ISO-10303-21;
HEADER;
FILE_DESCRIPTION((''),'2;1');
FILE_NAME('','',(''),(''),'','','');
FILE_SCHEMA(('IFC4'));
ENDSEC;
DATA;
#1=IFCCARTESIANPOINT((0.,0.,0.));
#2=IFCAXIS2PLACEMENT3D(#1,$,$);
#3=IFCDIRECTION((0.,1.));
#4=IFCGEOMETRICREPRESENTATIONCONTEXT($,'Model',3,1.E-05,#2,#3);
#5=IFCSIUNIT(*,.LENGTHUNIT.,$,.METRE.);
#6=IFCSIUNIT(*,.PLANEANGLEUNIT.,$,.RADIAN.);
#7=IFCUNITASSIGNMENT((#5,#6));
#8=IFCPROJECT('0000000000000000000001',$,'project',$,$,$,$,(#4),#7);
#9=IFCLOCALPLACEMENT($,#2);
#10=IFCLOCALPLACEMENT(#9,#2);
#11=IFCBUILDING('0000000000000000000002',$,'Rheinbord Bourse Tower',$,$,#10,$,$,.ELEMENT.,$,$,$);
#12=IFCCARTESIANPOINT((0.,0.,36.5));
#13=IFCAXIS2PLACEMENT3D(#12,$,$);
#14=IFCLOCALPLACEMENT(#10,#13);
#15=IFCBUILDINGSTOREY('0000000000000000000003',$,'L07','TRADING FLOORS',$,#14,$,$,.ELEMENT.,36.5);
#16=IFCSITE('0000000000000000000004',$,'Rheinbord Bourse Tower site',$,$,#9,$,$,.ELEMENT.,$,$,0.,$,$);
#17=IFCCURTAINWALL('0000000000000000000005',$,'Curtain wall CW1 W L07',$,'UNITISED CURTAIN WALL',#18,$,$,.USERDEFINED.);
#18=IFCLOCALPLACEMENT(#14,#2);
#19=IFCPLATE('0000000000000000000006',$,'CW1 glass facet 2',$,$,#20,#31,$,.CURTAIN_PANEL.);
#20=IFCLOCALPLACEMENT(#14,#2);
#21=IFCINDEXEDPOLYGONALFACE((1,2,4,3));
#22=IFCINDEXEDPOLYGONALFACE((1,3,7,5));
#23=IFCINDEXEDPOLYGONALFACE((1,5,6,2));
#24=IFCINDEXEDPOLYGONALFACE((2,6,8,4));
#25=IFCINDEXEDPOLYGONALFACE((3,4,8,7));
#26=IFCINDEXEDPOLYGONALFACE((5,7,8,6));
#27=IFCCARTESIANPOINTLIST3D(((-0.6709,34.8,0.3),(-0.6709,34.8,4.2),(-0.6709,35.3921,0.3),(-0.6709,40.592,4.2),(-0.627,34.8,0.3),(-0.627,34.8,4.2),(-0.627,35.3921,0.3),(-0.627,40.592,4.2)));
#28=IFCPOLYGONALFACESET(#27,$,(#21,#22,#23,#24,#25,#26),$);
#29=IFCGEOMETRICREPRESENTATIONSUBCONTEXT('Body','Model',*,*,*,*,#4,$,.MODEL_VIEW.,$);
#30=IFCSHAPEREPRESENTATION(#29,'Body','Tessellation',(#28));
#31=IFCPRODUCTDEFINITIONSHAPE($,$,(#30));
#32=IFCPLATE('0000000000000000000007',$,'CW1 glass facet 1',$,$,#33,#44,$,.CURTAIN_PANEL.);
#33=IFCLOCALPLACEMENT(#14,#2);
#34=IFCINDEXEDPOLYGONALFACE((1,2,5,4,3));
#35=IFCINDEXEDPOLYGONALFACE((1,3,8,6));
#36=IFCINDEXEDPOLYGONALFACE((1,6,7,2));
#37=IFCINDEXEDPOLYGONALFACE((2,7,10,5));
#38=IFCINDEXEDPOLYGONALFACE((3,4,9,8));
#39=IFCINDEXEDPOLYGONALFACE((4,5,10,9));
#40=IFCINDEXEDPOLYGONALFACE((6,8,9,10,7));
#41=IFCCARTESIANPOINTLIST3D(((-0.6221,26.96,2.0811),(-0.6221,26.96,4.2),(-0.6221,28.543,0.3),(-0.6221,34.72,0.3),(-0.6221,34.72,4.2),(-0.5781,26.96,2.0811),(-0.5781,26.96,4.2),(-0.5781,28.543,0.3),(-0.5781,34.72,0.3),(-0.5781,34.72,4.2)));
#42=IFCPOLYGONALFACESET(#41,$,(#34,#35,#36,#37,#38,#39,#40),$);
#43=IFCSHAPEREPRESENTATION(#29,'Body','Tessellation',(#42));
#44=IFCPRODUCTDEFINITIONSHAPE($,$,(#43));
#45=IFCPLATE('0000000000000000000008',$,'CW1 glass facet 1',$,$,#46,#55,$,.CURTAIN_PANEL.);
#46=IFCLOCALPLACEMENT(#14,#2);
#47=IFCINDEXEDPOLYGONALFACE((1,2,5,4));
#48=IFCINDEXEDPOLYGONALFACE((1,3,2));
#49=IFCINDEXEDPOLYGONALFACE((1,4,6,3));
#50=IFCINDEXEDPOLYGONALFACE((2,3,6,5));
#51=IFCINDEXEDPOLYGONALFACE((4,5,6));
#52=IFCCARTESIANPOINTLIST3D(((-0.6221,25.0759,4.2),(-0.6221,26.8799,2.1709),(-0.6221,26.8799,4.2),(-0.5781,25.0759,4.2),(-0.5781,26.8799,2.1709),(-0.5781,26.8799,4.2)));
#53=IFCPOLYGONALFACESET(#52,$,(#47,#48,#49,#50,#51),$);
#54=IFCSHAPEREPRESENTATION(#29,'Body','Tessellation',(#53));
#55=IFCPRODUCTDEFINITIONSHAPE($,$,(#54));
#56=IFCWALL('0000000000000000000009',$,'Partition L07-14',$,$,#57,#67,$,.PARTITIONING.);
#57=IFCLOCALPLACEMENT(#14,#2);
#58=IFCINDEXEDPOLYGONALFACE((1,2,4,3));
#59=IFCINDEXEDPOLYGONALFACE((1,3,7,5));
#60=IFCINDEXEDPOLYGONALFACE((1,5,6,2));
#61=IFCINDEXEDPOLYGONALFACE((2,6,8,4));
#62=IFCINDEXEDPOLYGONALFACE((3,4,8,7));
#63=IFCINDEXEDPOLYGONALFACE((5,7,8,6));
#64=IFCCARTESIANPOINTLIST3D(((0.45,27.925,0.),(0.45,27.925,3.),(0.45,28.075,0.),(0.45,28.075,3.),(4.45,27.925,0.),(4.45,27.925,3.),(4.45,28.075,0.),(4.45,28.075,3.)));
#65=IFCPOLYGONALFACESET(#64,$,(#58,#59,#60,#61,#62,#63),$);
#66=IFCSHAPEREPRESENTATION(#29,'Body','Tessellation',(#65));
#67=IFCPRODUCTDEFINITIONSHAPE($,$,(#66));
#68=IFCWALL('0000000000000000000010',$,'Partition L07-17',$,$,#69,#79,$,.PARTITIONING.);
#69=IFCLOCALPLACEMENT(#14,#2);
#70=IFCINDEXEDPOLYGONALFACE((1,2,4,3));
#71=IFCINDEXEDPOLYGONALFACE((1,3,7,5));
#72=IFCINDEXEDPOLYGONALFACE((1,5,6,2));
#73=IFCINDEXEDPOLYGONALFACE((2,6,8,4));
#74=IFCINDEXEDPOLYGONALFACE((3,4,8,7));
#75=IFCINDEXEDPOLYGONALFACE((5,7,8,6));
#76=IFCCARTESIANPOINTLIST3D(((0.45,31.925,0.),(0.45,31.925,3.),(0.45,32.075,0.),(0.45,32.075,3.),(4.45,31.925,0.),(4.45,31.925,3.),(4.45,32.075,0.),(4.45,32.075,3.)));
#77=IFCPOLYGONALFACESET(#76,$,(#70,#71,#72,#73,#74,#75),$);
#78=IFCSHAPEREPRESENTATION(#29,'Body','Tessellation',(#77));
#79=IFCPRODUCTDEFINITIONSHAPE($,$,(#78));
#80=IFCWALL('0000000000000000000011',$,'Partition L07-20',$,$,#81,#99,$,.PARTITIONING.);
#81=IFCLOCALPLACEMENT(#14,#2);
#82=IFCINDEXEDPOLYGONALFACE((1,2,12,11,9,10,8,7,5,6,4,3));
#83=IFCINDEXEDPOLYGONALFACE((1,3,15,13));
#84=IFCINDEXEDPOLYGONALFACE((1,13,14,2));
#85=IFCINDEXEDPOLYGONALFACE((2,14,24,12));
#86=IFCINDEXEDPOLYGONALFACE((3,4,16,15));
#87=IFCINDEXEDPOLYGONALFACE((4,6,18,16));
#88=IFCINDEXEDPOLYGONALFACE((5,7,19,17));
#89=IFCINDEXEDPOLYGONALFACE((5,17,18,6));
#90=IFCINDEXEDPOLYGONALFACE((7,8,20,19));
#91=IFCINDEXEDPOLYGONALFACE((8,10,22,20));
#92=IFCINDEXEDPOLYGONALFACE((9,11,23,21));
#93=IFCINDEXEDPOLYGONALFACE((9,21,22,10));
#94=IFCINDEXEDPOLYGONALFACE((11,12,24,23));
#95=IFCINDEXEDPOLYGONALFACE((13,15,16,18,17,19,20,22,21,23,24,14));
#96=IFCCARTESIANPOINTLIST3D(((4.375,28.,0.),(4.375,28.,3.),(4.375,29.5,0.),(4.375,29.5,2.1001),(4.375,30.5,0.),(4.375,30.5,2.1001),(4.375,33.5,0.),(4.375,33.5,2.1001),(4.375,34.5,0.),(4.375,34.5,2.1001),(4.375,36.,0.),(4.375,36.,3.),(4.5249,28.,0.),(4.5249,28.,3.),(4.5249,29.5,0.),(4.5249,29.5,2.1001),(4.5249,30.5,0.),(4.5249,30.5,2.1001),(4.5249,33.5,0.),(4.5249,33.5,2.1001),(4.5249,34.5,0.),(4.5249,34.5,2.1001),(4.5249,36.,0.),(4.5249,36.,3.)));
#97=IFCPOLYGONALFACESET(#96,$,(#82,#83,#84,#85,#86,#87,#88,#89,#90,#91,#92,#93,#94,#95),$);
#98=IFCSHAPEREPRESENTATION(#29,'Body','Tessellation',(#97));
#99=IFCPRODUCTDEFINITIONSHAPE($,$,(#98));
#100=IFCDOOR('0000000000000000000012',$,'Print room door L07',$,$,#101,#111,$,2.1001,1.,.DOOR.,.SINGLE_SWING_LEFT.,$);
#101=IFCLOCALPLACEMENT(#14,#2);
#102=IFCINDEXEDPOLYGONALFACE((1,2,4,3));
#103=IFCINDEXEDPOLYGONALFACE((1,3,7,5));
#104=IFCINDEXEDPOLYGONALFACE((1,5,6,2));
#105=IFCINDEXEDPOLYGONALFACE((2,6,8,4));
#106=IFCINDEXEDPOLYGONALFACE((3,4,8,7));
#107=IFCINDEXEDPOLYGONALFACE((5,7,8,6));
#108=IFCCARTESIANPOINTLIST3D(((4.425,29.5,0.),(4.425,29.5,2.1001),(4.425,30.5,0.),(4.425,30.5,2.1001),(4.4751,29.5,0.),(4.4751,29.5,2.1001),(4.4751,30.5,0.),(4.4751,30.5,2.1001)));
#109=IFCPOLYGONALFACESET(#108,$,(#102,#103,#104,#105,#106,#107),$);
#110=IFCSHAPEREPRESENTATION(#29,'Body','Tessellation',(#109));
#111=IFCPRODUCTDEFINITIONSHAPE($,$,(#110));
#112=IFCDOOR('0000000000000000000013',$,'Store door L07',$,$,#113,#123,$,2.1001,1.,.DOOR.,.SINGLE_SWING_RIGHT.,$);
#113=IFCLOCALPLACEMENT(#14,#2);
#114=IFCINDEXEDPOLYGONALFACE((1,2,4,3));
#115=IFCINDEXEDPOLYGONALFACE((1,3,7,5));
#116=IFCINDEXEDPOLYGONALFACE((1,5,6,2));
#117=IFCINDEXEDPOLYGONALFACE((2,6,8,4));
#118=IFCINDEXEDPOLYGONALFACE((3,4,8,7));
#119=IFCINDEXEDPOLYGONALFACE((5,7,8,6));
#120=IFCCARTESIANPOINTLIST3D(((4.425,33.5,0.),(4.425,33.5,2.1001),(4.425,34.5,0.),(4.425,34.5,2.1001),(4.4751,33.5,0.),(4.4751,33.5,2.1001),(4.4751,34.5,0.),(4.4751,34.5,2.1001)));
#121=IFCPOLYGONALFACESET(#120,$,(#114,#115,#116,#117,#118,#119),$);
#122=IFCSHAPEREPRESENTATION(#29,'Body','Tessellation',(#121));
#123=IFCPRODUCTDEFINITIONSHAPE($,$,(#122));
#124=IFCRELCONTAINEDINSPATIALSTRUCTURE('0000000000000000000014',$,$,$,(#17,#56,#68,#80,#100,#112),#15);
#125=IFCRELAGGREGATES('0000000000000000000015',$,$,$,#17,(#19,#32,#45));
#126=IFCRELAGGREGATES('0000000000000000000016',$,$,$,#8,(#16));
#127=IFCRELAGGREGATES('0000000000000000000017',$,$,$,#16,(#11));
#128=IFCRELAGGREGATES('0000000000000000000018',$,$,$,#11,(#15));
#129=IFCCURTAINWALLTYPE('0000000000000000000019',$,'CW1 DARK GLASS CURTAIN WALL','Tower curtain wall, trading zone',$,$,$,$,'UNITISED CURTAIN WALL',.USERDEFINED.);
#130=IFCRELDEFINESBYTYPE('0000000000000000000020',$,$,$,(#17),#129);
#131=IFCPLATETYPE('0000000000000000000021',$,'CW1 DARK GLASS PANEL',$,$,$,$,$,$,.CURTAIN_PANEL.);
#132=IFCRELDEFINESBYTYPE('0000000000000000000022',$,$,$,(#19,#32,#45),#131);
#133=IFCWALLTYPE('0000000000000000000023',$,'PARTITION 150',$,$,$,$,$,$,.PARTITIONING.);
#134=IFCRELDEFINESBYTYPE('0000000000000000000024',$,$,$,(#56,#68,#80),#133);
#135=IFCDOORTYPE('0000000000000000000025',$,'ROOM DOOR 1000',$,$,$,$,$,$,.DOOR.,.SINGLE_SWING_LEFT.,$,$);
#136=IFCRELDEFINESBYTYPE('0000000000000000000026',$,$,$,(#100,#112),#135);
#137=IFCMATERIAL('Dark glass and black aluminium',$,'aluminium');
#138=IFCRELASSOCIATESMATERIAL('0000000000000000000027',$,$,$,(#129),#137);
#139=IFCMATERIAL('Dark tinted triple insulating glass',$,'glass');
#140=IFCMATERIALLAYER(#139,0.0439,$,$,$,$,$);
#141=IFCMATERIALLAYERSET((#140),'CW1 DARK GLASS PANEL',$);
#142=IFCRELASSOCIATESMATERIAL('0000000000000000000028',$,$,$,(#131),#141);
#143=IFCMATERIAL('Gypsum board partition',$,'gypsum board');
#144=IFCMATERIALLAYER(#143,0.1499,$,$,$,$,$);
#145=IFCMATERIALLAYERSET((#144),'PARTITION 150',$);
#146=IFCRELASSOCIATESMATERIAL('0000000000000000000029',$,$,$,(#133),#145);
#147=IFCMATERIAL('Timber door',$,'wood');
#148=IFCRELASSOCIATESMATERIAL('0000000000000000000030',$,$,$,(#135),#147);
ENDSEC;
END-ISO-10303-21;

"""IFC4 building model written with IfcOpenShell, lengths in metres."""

from ifc_helpers import new_model, si_unit, direction, frame, frame_2d, origin, place, context, subcontext, project, spatial, polyline, rectangle, outline, extrude, material, layer, layer_set, type_object, element, fill, aggregate, save


model = new_model("IFC4")

# Units and contexts
model_context = context("Model", 3, precision=1e-05, world=origin(), true_north=direction((0.0, 1.0)))
body_context = subcontext(model_context, "Body", "Model", "MODEL_VIEW")
ifc_project = project(units=[si_unit("LENGTHUNIT", "METRE"), si_unit("PLANEANGLEUNIT", "RADIAN")], contexts=[model_context])

# Site, building, storey
site_placement = place(None, origin())
site = spatial("IfcSite", under=ifc_project, at=site_placement, Name="Rheinbord Bourse Tower site", CompositionType="ELEMENT", RefElevation=0.0)
building_placement = place(site_placement, origin())
building = spatial("IfcBuilding", under=site, at=building_placement, Name="Rheinbord Bourse Tower", CompositionType="ELEMENT")
storey_placement = place(building_placement, frame((0.0, 0.0, 36.5)))
storey = spatial("IfcBuildingStorey", under=building, at=storey_placement, Name="L07", Description="TRADING FLOORS", CompositionType="ELEMENT", Elevation=36.5)

# Curtain wall
ifc_material_1 = material(Name="Dark glass and black aluminium", Category="aluminium")
curtain_wall_type = type_object("IfcCurtainWallType", Name="CW1 DARK GLASS CURTAIN WALL", Description="Tower curtain wall, trading zone", ElementType="UNITISED CURTAIN WALL", PredefinedType="USERDEFINED", material=ifc_material_1)
curtain_wall_placement = place(storey_placement, origin())
curtain_wall = element("IfcCurtainWall", 1, at=curtain_wall_placement, inside=storey, type_object=curtain_wall_type, Name="Curtain wall CW1 W L07", ObjectType="UNITISED CURTAIN WALL", PredefinedType="USERDEFINED")

# Plates
ifc_material_2 = material(Name="Dark tinted triple insulating glass", Category="glass")
ifc_layer_1 = layer(ifc_material_2, 0.0439)
ifc_layer_set_1 = layer_set([ifc_layer_1], Name="CW1 DARK GLASS PANEL")
plate_type = type_object("IfcPlateType", Name="CW1 DARK GLASS PANEL", PredefinedType="CURTAIN_PANEL", material=ifc_layer_set_1)
plate_1_placement = place(storey_placement, frame((-0.6709, 34.8, 4.2), z_axis=(1.0, 0.0, 0.0), x_axis=(0.0, 0.0, -1.0)))
plate_1 = element("IfcPlate", 2, at=plate_1_placement, type_object=plate_type, Name="CW1 glass facet 2", PredefinedType="CURTAIN_PANEL", context=body_context, shape_type="SweptSolid", body=[
    extrude(outline(polyline([(0.0, 0.0), (3.8999, 0.0), (3.8999, 0.592), (0.0, 5.792), (0.0, 0.0)])), origin(), (0.0, 0.0, 1.0), 0.0439),
])
plate_2_placement = place(storey_placement, frame((-0.6221, 34.72, 0.3), z_axis=(1.0, 0.0, 0.0), x_axis=(0.0, 0.0, 1.0)))
plate_2 = element("IfcPlate", 3, at=plate_2_placement, type_object=plate_type, Name="CW1 glass facet 1", PredefinedType="CURTAIN_PANEL", context=body_context, shape_type="SweptSolid", body=[
    extrude(outline(polyline([(0.0, 0.0), (3.8999, 0.0), (3.8999, 7.76), (1.781, 7.76), (0.0, 6.177), (0.0, 0.0)])), origin(), (0.0, 0.0, 1.0), 0.0439),
])
plate_3_placement = place(storey_placement, frame((-0.6221, 26.8799, 4.2), z_axis=(1.0, 0.0, 0.0), x_axis=(0.0, -1.0, 0.0)))
plate_3 = element("IfcPlate", 4, at=plate_3_placement, type_object=plate_type, Name="CW1 glass facet 1", PredefinedType="CURTAIN_PANEL", context=body_context, shape_type="SweptSolid", body=[
    extrude(outline(polyline([(0.0, 0.0), (1.804, 0.0), (0.0, 2.0291), (0.0, 0.0)])), origin(), (0.0, 0.0, 1.0), 0.0439),
])
aggregate(curtain_wall, [plate_1, plate_2, plate_3])

# Walls
ifc_material_3 = material(Name="Gypsum board partition", Category="gypsum board")
ifc_layer_2 = layer(ifc_material_3, 0.1499)
ifc_layer_set_2 = layer_set([ifc_layer_2], Name="PARTITION 150")
wall_type = type_object("IfcWallType", Name="PARTITION 150", PredefinedType="PARTITIONING", material=ifc_layer_set_2)
for number, where, z_axis, x_axis, name in (
    (5, (0.45, 28.0, 0.0), (0.0, 0.0, 1.0), (1.0, 0.0, 0.0), "Partition L07-14"),
    (6, (0.45, 32.0, 0.0), (0.0, 0.0, 1.0), (1.0, 0.0, 0.0), "Partition L07-17"),
):
    element("IfcWall", number, at=place(storey_placement, frame(where, z_axis=z_axis, x_axis=x_axis)), inside=storey, type_object=wall_type, Name=name, PredefinedType="PARTITIONING", context=body_context, shape_type="SweptSolid", body=[
        extrude(rectangle(XDim=4.0, YDim=0.1499, at=frame_2d((2.0, 0.0))), origin(), (0.0, 0.0, 1.0), 3.0),
    ])

# Wall, openings, doors
wall_placement = place(storey_placement, frame((4.45, 28.0, 0.0), z_axis=(0.0, 0.0, 1.0), x_axis=(0.0, 1.0, 0.0)))
wall = element("IfcWall", 7, at=wall_placement, inside=storey, type_object=wall_type, Name="Partition L07-20", PredefinedType="PARTITIONING", context=body_context, shape_type="SweptSolid", body=[
    extrude(rectangle(XDim=8.0, YDim=0.1499, at=frame_2d((4.0, 0.0))), origin(), (0.0, 0.0, 1.0), 3.0),
])
opening_1_placement = place(wall_placement, frame((1.5, 0.0, 0.0)))
opening_1 = element("IfcOpeningElement", 8, at=opening_1_placement, cuts=wall, PredefinedType="OPENING", context=body_context, shape_type="SweptSolid", body=[
    extrude(rectangle(XDim=1.0, YDim=2.1001, at=frame_2d((0.5, 1.05))), frame((0.0, 0.085, 0.0), z_axis=(0.0, -1.0, 0.0), x_axis=(1.0, 0.0, 0.0)), (0.0, 0.0, 1.0), 0.1699),
])
opening_2_placement = place(wall_placement, frame((5.5, 0.0, 0.0)))
opening_2 = element("IfcOpeningElement", 9, at=opening_2_placement, cuts=wall, PredefinedType="OPENING", context=body_context, shape_type="SweptSolid", body=[
    extrude(rectangle(XDim=1.0, YDim=2.1001, at=frame_2d((0.5, 1.05))), frame((0.0, 0.085, 0.0), z_axis=(0.0, -1.0, 0.0), x_axis=(1.0, 0.0, 0.0)), (0.0, 0.0, 1.0), 0.1699),
])
ifc_material_4 = material(Name="Timber door", Category="wood")
door_type = type_object("IfcDoorType", Name="ROOM DOOR 1000", OperationType="SINGLE_SWING_LEFT", PredefinedType="DOOR", material=ifc_material_4)
door_1_placement = place(opening_1_placement, origin())
door_1 = element("IfcDoor", 10, at=door_1_placement, inside=storey, type_object=door_type, Name="Print room door L07", OperationType="SINGLE_SWING_LEFT", OverallHeight=2.1001, OverallWidth=1.0, PredefinedType="DOOR", context=body_context, shape_type="SweptSolid", body=[
    extrude(rectangle(XDim=1.0, YDim=2.1001, at=frame_2d((0.5, 1.05))), frame((0.0, 0.0249, 0.0), z_axis=(0.0, -1.0, 0.0), x_axis=(1.0, 0.0, 0.0)), (0.0, 0.0, 1.0), 0.05),
])
fill(opening_1, door_1)
door_2_placement = place(opening_2_placement, origin())
door_2 = element("IfcDoor", 11, at=door_2_placement, inside=storey, type_object=door_type, Name="Store door L07", OperationType="SINGLE_SWING_RIGHT", OverallHeight=2.1001, OverallWidth=1.0, PredefinedType="DOOR", context=body_context, shape_type="SweptSolid", body=[
    extrude(rectangle(XDim=1.0, YDim=2.1001, at=frame_2d((0.5, 1.05))), frame((0.0, 0.0249, 0.0), z_axis=(0.0, -1.0, 0.0), x_axis=(1.0, 0.0, 0.0)), (0.0, 0.0, 1.0), 0.05),
])
fill(opening_2, door_2)

save(model, "model.ifc")
